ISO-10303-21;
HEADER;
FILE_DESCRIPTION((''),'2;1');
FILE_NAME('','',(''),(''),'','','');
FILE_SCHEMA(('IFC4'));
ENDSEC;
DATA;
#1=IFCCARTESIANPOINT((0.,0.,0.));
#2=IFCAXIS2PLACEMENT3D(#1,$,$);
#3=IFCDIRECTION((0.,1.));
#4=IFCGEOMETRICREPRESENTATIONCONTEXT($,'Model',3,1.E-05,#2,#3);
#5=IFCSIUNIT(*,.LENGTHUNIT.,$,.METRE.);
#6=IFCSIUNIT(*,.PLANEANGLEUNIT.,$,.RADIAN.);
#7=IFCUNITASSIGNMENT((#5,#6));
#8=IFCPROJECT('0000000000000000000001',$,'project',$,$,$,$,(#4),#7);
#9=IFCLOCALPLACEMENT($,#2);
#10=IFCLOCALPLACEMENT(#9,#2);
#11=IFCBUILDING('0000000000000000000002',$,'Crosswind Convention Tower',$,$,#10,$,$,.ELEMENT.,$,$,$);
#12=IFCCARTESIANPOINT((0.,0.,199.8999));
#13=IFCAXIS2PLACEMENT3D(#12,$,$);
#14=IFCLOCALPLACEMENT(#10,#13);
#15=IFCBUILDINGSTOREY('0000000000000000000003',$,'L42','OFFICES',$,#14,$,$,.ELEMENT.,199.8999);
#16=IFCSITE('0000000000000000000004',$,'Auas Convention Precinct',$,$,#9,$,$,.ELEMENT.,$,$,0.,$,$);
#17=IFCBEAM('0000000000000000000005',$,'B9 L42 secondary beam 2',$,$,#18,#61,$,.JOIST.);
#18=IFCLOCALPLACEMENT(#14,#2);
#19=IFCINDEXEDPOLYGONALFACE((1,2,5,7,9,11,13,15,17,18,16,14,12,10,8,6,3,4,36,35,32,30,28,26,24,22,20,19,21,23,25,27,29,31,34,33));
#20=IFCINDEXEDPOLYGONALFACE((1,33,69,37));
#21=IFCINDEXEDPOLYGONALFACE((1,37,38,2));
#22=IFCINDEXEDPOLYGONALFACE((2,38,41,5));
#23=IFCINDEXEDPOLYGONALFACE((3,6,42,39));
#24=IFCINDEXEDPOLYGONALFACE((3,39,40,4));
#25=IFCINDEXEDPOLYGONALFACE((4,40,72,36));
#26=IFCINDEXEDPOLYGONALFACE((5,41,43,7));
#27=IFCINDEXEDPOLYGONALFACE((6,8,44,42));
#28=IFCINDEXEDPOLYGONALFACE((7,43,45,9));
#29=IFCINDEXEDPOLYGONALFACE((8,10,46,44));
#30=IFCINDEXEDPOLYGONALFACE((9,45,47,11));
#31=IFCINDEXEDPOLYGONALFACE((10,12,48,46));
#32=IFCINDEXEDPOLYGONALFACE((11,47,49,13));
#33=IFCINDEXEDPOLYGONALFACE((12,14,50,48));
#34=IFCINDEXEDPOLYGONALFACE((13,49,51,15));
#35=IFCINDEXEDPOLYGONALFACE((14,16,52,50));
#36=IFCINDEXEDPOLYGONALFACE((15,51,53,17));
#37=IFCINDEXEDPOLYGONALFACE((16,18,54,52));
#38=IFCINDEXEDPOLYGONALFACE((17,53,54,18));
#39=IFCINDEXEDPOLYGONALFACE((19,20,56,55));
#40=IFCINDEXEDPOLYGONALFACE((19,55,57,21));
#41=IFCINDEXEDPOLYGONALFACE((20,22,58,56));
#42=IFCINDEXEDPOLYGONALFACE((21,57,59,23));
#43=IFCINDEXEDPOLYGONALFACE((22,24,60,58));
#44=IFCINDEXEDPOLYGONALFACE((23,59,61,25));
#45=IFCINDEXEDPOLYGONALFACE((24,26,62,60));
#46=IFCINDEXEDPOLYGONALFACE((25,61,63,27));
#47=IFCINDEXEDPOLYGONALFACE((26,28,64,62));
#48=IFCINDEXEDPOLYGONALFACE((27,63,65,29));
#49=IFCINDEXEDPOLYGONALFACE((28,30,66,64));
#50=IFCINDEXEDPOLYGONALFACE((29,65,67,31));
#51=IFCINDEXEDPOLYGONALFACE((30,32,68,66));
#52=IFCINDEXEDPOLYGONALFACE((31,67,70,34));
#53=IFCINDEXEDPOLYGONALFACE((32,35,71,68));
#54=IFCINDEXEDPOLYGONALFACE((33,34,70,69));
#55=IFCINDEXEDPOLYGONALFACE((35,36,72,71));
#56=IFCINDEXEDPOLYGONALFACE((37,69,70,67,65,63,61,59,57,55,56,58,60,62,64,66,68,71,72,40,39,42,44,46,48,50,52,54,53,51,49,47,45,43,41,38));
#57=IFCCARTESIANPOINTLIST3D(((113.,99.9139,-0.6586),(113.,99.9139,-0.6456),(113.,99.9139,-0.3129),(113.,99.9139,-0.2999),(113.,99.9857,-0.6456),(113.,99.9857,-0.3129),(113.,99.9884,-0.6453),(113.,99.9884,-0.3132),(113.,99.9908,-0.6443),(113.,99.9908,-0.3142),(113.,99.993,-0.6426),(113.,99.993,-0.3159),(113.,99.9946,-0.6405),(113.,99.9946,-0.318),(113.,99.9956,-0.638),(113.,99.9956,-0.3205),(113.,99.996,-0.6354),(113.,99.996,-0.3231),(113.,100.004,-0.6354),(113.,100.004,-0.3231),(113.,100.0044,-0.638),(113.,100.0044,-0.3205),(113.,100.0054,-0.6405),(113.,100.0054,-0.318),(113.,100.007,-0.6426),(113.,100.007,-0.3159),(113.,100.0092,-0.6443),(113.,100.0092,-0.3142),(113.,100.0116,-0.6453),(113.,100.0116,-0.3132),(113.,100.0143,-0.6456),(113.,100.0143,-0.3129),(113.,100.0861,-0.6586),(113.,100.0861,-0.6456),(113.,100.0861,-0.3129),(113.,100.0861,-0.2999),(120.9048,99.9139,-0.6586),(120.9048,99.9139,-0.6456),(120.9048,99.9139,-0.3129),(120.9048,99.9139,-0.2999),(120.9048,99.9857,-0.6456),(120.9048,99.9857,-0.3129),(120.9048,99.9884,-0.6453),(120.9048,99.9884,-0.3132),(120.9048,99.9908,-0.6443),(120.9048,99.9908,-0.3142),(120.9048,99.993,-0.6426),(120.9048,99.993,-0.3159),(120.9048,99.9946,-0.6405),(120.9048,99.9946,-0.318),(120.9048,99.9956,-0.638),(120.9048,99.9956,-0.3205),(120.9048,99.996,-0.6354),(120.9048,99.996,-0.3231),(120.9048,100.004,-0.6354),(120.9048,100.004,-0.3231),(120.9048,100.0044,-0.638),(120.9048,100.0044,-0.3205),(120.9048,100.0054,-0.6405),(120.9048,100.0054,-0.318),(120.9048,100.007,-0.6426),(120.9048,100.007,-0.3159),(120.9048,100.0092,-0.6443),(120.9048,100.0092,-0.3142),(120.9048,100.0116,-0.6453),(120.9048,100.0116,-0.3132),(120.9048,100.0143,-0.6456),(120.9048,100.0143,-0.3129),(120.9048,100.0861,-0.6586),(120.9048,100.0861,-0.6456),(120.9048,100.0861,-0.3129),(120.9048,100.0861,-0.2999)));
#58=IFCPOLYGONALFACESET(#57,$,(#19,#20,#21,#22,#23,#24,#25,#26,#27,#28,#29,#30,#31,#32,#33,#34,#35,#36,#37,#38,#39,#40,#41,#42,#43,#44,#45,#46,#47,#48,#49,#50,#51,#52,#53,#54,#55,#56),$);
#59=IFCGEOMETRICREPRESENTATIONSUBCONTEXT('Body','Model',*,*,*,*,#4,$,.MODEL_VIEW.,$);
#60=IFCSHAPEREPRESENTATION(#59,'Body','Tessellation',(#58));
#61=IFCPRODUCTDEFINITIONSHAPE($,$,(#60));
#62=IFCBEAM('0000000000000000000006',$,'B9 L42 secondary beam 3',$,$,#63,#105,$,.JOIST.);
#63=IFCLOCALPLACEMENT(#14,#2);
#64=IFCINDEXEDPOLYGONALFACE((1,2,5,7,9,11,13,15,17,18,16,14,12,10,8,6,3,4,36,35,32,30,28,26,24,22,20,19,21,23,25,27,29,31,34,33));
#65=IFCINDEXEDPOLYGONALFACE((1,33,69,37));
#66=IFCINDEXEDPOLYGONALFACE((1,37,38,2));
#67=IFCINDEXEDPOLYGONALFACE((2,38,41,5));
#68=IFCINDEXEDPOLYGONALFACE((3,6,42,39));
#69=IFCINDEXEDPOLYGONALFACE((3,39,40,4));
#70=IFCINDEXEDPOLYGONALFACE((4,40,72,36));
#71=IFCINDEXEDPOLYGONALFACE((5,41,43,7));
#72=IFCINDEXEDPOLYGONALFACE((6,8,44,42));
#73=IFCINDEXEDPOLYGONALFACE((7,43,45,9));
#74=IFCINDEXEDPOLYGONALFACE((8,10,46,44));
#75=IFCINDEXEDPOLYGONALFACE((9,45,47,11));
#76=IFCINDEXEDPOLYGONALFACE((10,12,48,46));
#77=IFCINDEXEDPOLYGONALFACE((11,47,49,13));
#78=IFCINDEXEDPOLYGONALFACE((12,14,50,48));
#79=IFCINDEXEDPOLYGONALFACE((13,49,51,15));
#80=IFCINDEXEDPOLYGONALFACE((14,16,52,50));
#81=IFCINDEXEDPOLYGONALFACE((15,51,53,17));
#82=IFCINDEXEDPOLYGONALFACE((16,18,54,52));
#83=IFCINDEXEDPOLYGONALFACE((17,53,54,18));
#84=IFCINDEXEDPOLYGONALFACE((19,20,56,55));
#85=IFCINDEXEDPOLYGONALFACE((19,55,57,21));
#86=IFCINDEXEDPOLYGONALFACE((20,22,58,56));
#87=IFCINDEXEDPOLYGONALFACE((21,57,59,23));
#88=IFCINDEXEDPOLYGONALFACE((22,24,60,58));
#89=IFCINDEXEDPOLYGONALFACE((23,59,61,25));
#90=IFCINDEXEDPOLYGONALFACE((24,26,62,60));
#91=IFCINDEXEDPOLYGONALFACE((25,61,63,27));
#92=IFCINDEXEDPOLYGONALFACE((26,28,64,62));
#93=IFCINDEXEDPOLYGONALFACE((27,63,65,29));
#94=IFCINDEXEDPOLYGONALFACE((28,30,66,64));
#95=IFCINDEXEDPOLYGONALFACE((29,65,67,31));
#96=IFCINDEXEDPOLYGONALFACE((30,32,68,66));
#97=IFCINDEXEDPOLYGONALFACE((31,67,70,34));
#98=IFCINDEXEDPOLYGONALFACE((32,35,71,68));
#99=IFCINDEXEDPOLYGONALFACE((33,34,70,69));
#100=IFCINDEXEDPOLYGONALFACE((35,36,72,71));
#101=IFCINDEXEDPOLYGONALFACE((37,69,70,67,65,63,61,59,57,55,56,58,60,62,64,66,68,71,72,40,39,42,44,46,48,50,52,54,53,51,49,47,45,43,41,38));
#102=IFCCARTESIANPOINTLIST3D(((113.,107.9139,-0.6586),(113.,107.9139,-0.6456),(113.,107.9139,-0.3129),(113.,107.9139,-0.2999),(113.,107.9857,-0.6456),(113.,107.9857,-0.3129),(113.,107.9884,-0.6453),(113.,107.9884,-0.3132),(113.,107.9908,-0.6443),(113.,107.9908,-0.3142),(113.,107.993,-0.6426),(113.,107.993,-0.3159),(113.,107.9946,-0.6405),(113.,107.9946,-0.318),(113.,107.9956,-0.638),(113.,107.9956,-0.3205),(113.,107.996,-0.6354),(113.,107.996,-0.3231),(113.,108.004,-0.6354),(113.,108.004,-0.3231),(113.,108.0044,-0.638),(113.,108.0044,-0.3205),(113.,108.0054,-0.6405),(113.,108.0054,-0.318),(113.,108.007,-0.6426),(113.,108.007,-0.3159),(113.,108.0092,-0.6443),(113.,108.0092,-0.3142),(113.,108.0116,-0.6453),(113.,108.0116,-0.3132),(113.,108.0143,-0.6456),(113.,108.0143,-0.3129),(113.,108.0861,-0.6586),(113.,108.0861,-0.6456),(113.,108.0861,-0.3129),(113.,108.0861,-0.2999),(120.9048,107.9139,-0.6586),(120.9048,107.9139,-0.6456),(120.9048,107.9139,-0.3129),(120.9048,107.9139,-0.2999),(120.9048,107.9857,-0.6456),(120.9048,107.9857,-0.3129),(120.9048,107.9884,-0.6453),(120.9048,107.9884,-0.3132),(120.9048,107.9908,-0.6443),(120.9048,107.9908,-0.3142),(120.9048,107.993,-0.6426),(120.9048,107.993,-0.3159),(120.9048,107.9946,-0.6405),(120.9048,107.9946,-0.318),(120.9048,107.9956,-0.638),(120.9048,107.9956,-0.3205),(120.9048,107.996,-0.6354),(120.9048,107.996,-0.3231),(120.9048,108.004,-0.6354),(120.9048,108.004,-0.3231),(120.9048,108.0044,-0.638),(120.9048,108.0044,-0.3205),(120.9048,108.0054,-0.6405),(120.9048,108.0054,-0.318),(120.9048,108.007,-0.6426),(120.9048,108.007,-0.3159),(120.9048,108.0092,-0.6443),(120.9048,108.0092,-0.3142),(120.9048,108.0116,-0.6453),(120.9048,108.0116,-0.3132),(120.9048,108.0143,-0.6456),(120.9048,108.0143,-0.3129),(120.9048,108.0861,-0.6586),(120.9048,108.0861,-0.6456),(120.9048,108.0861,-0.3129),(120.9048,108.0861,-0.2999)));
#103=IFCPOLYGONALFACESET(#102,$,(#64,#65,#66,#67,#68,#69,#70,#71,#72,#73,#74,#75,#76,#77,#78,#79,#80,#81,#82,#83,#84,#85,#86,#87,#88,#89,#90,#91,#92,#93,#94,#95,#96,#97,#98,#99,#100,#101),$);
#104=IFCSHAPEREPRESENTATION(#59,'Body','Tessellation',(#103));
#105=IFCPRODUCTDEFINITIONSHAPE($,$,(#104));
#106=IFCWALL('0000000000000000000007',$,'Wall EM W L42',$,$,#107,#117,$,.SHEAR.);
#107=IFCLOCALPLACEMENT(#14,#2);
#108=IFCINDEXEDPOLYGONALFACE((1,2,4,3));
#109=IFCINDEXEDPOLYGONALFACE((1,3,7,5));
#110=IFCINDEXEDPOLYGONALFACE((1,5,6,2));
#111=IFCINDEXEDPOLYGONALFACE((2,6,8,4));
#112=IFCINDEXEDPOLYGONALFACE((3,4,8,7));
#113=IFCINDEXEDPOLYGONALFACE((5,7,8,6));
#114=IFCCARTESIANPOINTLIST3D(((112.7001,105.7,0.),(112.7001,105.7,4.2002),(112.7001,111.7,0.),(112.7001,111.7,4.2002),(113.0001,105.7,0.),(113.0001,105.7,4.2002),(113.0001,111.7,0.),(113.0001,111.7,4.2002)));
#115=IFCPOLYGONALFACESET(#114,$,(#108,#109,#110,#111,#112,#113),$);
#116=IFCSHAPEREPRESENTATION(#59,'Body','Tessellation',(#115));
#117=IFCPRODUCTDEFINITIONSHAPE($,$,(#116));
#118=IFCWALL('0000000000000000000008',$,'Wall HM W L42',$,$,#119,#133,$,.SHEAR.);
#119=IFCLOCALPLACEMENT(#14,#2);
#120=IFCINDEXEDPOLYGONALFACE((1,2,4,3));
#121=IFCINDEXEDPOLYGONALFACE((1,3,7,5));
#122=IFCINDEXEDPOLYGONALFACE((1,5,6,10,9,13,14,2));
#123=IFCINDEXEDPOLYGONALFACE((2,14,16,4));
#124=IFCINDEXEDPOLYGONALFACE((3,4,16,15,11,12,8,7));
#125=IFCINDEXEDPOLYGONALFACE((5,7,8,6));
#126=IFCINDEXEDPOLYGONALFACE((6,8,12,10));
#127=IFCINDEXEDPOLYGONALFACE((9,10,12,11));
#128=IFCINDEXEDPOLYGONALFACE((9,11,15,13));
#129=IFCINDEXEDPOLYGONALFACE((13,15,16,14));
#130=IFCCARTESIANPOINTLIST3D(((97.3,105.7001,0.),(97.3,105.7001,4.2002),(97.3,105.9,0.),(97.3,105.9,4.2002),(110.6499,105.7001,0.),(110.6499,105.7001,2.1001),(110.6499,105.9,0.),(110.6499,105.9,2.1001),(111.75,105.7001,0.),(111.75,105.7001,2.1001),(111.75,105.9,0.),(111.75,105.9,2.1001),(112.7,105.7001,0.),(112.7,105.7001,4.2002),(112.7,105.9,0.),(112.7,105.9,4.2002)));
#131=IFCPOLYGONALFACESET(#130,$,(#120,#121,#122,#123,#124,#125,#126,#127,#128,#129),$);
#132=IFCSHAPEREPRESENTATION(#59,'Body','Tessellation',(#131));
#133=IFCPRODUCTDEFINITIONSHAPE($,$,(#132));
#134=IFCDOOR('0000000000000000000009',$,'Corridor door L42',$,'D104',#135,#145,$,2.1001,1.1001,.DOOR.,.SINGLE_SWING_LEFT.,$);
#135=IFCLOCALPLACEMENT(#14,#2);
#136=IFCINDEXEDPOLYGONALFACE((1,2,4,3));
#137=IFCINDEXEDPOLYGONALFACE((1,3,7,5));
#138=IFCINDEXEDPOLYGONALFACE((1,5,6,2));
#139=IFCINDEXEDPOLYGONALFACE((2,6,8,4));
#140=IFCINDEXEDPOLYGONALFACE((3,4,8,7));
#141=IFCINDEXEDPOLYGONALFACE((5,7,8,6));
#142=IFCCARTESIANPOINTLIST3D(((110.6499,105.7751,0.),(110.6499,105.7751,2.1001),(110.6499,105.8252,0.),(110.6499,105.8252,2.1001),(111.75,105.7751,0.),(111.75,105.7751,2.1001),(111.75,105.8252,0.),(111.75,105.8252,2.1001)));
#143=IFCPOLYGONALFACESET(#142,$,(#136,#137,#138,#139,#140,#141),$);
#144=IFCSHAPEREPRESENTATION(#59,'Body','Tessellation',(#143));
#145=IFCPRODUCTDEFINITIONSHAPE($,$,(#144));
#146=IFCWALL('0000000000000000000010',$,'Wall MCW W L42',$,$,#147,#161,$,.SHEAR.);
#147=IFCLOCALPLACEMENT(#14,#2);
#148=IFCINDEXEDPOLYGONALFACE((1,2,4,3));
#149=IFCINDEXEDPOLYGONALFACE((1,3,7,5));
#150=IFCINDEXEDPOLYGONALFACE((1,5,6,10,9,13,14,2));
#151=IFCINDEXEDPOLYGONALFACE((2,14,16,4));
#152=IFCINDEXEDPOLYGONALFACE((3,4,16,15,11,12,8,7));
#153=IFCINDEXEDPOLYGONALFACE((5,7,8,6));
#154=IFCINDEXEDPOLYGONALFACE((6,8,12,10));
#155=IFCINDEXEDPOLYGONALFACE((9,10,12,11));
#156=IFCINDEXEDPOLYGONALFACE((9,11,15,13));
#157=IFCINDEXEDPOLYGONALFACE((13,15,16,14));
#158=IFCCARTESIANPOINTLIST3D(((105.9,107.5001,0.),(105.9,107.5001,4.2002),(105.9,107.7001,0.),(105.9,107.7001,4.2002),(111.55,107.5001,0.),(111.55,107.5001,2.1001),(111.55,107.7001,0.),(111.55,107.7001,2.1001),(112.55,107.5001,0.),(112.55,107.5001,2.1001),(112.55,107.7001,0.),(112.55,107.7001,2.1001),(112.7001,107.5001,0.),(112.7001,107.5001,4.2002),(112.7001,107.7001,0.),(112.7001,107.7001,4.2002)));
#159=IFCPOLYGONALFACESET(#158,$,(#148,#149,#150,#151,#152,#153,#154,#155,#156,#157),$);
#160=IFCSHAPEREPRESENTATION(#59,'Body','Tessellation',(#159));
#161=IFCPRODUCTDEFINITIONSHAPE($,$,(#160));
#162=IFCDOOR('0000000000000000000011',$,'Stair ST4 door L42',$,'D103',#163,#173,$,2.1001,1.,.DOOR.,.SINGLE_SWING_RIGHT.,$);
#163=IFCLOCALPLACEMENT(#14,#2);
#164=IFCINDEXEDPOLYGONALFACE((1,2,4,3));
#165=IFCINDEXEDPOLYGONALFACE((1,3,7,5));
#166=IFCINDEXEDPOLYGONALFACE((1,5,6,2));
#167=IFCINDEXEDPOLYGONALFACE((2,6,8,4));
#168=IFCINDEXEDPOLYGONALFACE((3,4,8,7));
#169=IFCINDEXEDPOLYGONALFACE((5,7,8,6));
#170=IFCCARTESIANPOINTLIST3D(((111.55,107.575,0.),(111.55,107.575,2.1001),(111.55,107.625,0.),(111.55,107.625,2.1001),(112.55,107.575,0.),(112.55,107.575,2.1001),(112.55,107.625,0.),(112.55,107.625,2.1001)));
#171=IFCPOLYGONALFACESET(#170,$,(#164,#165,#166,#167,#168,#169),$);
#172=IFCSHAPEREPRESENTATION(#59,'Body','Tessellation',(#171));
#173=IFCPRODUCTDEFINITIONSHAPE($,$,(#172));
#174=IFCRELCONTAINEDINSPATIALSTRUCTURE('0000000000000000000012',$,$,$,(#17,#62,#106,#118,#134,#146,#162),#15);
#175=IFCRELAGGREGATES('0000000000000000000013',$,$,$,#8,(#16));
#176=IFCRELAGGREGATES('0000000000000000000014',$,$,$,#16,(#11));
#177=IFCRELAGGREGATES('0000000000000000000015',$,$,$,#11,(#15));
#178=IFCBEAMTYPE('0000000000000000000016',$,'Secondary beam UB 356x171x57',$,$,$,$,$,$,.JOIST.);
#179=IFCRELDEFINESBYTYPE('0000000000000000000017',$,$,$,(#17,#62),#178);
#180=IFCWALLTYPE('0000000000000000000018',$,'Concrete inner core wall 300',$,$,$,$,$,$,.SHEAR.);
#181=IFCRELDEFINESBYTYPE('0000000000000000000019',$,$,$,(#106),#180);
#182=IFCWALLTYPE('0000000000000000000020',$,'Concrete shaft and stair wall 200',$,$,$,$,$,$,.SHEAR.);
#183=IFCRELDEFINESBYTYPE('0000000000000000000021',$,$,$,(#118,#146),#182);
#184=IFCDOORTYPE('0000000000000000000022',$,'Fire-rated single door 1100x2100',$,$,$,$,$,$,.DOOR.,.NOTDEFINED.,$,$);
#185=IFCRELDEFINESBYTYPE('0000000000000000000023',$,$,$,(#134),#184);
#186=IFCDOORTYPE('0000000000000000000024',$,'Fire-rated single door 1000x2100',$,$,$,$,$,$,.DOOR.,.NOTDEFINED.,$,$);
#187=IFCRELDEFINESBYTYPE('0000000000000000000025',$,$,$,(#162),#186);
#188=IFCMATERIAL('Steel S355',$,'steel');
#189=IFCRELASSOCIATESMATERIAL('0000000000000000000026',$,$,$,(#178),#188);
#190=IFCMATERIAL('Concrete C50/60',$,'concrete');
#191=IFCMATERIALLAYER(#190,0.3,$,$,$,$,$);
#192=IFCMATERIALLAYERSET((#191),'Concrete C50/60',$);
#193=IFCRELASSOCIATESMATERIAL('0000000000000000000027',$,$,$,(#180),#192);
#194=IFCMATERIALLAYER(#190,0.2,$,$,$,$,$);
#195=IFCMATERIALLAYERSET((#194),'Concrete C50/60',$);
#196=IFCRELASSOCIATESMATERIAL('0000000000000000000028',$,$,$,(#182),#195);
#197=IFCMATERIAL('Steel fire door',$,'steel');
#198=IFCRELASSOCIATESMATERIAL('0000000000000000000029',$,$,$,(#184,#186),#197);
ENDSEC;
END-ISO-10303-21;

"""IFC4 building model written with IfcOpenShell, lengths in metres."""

from ifc_helpers import new_model, si_unit, direction, frame, frame_2d, origin, origin_2d, place, context, subcontext, project, spatial, rectangle, i_section, extrude, material, layer, layer_set, material_profile, profile_set, type_object, element, fill, save


model = new_model("IFC4")

# Units and contexts
model_context = context("Model", 3, precision=1e-05, world=origin(), true_north=direction((0.0, 1.0)))
body_context = subcontext(model_context, "Body", "Model", "MODEL_VIEW")
ifc_project = project(units=[si_unit("LENGTHUNIT", "METRE"), si_unit("PLANEANGLEUNIT", "RADIAN")], contexts=[model_context])

# Site, building, storey
site_placement = place(None, origin())
site = spatial("IfcSite", under=ifc_project, at=site_placement, Name="Auas Convention Precinct", CompositionType="ELEMENT", RefElevation=0.0)
building_placement = place(site_placement, origin())
building = spatial("IfcBuilding", under=site, at=building_placement, Name="Crosswind Convention Tower", CompositionType="ELEMENT")
storey_placement = place(building_placement, frame((0.0, 0.0, 199.8999)))
storey = spatial("IfcBuildingStorey", under=building, at=storey_placement, Name="L42", Description="OFFICES", CompositionType="ELEMENT", Elevation=199.8999)

# Beams
ifc_material_1 = material(Name="Steel S355", Category="steel")
ifc_material_profile_1 = material_profile(ifc_material_1, i_section(OverallWidth=0.1721, OverallDepth=0.3586, WebThickness=0.0081, FlangeThickness=0.0129, FilletRadius=0.0103, at=origin_2d()), Name="UB 356x171x57")
ifc_profile_set_1 = profile_set([ifc_material_profile_1], Name="Steel S355")
beam_type_1 = type_object("IfcBeamType", Name="Secondary beam UB 356x171x57", PredefinedType="JOIST", material=ifc_profile_set_1)
for number, where, z_axis, x_axis, name in (
    (1, (113.0, 100.0, -0.4792), (1.0, 0.0, 0.0), (0.0, 1.0, 0.0), "B9 L42 secondary beam 2"),
    (2, (113.0, 108.0, -0.4792), (1.0, 0.0, 0.0), (0.0, 1.0, 0.0), "B9 L42 secondary beam 3"),
):
    element("IfcBeam", number, at=place(storey_placement, frame(where, z_axis=z_axis, x_axis=x_axis)), inside=storey, type_object=beam_type_1, Name=name, PredefinedType="JOIST", context=body_context, shape_type="SweptSolid", body=[
        extrude(i_section(OverallWidth=0.1721, OverallDepth=0.3586, WebThickness=0.0081, FlangeThickness=0.0129, FilletRadius=0.0103, at=origin_2d()), origin(), (0.0, 0.0, 1.0), 7.9048),
    ])

# Shared definitions
ifc_material_2 = material(Name="Concrete C50/60", Category="concrete")
ifc_layer_1 = layer(ifc_material_2, 0.3)
ifc_layer_set_1 = layer_set([ifc_layer_1], Name="Concrete C50/60")
wall_type_1 = type_object("IfcWallType", Name="Concrete inner core wall 300", PredefinedType="SHEAR", material=ifc_layer_set_1)

# Wall
wall_1_placement = place(storey_placement, frame((112.8501, 111.7, 0.0), z_axis=(0.0, 0.0, 1.0), x_axis=(0.0, -1.0, 0.0)))
element("IfcWall", 3, at=wall_1_placement, inside=storey, type_object=wall_type_1, Name="Wall EM W L42", PredefinedType="SHEAR", context=body_context, shape_type="SweptSolid", body=[
    extrude(rectangle(XDim=6.0, YDim=0.3, at=frame_2d((3.0, 0.0))), origin(), (0.0, 0.0, 1.0), 4.2002),
])

# Walls, openings, doors
ifc_layer_2 = layer(ifc_material_2, 0.2)
ifc_layer_set_2 = layer_set([ifc_layer_2], Name="Concrete C50/60")
wall_type_2 = type_object("IfcWallType", Name="Concrete shaft and stair wall 200", PredefinedType="SHEAR", material=ifc_layer_set_2)
wall_2_placement = place(storey_placement, frame((112.7, 105.8, 0.0), z_axis=(0.0, 0.0, 1.0), x_axis=(-1.0, 0.0, 0.0)))
wall_2 = element("IfcWall", 4, at=wall_2_placement, inside=storey, type_object=wall_type_2, Name="Wall HM W L42", PredefinedType="SHEAR", context=body_context, shape_type="SweptSolid", body=[
    extrude(rectangle(XDim=15.3999, YDim=0.2, at=frame_2d((7.7, 0.0))), origin(), (0.0, 0.0, 1.0), 4.2002),
])
opening_1_placement = place(wall_2_placement, frame((0.95, 0.0, 0.0)))
opening_1 = element("IfcOpeningElement", 5, at=opening_1_placement, cuts=wall_2, PredefinedType="OPENING", context=body_context, shape_type="SweptSolid", body=[
    extrude(rectangle(XDim=1.1001, YDim=2.1001, at=frame_2d((0.55, 1.05))), frame((0.0, 0.1099, 0.0), z_axis=(0.0, -1.0, 0.0), x_axis=(1.0, 0.0, 0.0)), (0.0, 0.0, 1.0), 0.22),
])
ifc_material_3 = material(Name="Steel fire door", Category="steel")
door_type_1 = type_object("IfcDoorType", Name="Fire-rated single door 1100x2100", OperationType="NOTDEFINED", PredefinedType="DOOR", material=ifc_material_3)
door_1_placement = place(opening_1_placement, origin())
door_1 = element("IfcDoor", 6, at=door_1_placement, inside=storey, type_object=door_type_1, Name="Corridor door L42", ObjectType="D104", OperationType="SINGLE_SWING_LEFT", OverallHeight=2.1001, OverallWidth=1.1001, PredefinedType="DOOR", context=body_context, shape_type="SweptSolid", body=[
    extrude(rectangle(XDim=1.1001, YDim=2.1001, at=frame_2d((0.55, 1.05))), frame((0.0, 0.0249, 0.0), z_axis=(0.0, -1.0, 0.0), x_axis=(1.0, 0.0, 0.0)), (0.0, 0.0, 1.0), 0.05),
])
fill(opening_1, door_1)
wall_3_placement = place(storey_placement, frame((112.7, 107.6001, 0.0), z_axis=(0.0, 0.0, 1.0), x_axis=(-1.0, 0.0, 0.0)))
wall_3 = element("IfcWall", 7, at=wall_3_placement, inside=storey, type_object=wall_type_2, Name="Wall MCW W L42", PredefinedType="SHEAR", context=body_context, shape_type="SweptSolid", body=[
    extrude(rectangle(XDim=6.8, YDim=0.2, at=frame_2d((3.3999, 0.0))), origin(), (0.0, 0.0, 1.0), 4.2002),
])
opening_2_placement = place(wall_3_placement, frame((0.1499, 0.0, 0.0)))
opening_2 = element("IfcOpeningElement", 8, at=opening_2_placement, cuts=wall_3, PredefinedType="OPENING", context=body_context, shape_type="SweptSolid", body=[
    extrude(rectangle(XDim=1.0, YDim=2.1001, at=frame_2d((0.5, 1.05))), frame((0.0, 0.1099, 0.0), z_axis=(0.0, -1.0, 0.0), x_axis=(1.0, 0.0, 0.0)), (0.0, 0.0, 1.0), 0.22),
])
door_type_2 = type_object("IfcDoorType", Name="Fire-rated single door 1000x2100", OperationType="NOTDEFINED", PredefinedType="DOOR", material=ifc_material_3)
door_2_placement = place(opening_2_placement, frame((1.0, 0.0, 0.0), z_axis=(0.0, 0.0, 1.0), x_axis=(-1.0, 0.0, 0.0)))
door_2 = element("IfcDoor", 9, at=door_2_placement, inside=storey, type_object=door_type_2, Name="Stair ST4 door L42", ObjectType="D103", OperationType="SINGLE_SWING_RIGHT", OverallHeight=2.1001, OverallWidth=1.0, PredefinedType="DOOR", context=body_context, shape_type="SweptSolid", body=[
    extrude(rectangle(XDim=1.0, YDim=2.1001, at=frame_2d((0.5, 1.05))), frame((0.0, 0.0249, 0.0), z_axis=(0.0, -1.0, 0.0), x_axis=(1.0, 0.0, 0.0)), (0.0, 0.0, 1.0), 0.05),
])
fill(opening_2, door_2)

save(model, "model.ifc")
